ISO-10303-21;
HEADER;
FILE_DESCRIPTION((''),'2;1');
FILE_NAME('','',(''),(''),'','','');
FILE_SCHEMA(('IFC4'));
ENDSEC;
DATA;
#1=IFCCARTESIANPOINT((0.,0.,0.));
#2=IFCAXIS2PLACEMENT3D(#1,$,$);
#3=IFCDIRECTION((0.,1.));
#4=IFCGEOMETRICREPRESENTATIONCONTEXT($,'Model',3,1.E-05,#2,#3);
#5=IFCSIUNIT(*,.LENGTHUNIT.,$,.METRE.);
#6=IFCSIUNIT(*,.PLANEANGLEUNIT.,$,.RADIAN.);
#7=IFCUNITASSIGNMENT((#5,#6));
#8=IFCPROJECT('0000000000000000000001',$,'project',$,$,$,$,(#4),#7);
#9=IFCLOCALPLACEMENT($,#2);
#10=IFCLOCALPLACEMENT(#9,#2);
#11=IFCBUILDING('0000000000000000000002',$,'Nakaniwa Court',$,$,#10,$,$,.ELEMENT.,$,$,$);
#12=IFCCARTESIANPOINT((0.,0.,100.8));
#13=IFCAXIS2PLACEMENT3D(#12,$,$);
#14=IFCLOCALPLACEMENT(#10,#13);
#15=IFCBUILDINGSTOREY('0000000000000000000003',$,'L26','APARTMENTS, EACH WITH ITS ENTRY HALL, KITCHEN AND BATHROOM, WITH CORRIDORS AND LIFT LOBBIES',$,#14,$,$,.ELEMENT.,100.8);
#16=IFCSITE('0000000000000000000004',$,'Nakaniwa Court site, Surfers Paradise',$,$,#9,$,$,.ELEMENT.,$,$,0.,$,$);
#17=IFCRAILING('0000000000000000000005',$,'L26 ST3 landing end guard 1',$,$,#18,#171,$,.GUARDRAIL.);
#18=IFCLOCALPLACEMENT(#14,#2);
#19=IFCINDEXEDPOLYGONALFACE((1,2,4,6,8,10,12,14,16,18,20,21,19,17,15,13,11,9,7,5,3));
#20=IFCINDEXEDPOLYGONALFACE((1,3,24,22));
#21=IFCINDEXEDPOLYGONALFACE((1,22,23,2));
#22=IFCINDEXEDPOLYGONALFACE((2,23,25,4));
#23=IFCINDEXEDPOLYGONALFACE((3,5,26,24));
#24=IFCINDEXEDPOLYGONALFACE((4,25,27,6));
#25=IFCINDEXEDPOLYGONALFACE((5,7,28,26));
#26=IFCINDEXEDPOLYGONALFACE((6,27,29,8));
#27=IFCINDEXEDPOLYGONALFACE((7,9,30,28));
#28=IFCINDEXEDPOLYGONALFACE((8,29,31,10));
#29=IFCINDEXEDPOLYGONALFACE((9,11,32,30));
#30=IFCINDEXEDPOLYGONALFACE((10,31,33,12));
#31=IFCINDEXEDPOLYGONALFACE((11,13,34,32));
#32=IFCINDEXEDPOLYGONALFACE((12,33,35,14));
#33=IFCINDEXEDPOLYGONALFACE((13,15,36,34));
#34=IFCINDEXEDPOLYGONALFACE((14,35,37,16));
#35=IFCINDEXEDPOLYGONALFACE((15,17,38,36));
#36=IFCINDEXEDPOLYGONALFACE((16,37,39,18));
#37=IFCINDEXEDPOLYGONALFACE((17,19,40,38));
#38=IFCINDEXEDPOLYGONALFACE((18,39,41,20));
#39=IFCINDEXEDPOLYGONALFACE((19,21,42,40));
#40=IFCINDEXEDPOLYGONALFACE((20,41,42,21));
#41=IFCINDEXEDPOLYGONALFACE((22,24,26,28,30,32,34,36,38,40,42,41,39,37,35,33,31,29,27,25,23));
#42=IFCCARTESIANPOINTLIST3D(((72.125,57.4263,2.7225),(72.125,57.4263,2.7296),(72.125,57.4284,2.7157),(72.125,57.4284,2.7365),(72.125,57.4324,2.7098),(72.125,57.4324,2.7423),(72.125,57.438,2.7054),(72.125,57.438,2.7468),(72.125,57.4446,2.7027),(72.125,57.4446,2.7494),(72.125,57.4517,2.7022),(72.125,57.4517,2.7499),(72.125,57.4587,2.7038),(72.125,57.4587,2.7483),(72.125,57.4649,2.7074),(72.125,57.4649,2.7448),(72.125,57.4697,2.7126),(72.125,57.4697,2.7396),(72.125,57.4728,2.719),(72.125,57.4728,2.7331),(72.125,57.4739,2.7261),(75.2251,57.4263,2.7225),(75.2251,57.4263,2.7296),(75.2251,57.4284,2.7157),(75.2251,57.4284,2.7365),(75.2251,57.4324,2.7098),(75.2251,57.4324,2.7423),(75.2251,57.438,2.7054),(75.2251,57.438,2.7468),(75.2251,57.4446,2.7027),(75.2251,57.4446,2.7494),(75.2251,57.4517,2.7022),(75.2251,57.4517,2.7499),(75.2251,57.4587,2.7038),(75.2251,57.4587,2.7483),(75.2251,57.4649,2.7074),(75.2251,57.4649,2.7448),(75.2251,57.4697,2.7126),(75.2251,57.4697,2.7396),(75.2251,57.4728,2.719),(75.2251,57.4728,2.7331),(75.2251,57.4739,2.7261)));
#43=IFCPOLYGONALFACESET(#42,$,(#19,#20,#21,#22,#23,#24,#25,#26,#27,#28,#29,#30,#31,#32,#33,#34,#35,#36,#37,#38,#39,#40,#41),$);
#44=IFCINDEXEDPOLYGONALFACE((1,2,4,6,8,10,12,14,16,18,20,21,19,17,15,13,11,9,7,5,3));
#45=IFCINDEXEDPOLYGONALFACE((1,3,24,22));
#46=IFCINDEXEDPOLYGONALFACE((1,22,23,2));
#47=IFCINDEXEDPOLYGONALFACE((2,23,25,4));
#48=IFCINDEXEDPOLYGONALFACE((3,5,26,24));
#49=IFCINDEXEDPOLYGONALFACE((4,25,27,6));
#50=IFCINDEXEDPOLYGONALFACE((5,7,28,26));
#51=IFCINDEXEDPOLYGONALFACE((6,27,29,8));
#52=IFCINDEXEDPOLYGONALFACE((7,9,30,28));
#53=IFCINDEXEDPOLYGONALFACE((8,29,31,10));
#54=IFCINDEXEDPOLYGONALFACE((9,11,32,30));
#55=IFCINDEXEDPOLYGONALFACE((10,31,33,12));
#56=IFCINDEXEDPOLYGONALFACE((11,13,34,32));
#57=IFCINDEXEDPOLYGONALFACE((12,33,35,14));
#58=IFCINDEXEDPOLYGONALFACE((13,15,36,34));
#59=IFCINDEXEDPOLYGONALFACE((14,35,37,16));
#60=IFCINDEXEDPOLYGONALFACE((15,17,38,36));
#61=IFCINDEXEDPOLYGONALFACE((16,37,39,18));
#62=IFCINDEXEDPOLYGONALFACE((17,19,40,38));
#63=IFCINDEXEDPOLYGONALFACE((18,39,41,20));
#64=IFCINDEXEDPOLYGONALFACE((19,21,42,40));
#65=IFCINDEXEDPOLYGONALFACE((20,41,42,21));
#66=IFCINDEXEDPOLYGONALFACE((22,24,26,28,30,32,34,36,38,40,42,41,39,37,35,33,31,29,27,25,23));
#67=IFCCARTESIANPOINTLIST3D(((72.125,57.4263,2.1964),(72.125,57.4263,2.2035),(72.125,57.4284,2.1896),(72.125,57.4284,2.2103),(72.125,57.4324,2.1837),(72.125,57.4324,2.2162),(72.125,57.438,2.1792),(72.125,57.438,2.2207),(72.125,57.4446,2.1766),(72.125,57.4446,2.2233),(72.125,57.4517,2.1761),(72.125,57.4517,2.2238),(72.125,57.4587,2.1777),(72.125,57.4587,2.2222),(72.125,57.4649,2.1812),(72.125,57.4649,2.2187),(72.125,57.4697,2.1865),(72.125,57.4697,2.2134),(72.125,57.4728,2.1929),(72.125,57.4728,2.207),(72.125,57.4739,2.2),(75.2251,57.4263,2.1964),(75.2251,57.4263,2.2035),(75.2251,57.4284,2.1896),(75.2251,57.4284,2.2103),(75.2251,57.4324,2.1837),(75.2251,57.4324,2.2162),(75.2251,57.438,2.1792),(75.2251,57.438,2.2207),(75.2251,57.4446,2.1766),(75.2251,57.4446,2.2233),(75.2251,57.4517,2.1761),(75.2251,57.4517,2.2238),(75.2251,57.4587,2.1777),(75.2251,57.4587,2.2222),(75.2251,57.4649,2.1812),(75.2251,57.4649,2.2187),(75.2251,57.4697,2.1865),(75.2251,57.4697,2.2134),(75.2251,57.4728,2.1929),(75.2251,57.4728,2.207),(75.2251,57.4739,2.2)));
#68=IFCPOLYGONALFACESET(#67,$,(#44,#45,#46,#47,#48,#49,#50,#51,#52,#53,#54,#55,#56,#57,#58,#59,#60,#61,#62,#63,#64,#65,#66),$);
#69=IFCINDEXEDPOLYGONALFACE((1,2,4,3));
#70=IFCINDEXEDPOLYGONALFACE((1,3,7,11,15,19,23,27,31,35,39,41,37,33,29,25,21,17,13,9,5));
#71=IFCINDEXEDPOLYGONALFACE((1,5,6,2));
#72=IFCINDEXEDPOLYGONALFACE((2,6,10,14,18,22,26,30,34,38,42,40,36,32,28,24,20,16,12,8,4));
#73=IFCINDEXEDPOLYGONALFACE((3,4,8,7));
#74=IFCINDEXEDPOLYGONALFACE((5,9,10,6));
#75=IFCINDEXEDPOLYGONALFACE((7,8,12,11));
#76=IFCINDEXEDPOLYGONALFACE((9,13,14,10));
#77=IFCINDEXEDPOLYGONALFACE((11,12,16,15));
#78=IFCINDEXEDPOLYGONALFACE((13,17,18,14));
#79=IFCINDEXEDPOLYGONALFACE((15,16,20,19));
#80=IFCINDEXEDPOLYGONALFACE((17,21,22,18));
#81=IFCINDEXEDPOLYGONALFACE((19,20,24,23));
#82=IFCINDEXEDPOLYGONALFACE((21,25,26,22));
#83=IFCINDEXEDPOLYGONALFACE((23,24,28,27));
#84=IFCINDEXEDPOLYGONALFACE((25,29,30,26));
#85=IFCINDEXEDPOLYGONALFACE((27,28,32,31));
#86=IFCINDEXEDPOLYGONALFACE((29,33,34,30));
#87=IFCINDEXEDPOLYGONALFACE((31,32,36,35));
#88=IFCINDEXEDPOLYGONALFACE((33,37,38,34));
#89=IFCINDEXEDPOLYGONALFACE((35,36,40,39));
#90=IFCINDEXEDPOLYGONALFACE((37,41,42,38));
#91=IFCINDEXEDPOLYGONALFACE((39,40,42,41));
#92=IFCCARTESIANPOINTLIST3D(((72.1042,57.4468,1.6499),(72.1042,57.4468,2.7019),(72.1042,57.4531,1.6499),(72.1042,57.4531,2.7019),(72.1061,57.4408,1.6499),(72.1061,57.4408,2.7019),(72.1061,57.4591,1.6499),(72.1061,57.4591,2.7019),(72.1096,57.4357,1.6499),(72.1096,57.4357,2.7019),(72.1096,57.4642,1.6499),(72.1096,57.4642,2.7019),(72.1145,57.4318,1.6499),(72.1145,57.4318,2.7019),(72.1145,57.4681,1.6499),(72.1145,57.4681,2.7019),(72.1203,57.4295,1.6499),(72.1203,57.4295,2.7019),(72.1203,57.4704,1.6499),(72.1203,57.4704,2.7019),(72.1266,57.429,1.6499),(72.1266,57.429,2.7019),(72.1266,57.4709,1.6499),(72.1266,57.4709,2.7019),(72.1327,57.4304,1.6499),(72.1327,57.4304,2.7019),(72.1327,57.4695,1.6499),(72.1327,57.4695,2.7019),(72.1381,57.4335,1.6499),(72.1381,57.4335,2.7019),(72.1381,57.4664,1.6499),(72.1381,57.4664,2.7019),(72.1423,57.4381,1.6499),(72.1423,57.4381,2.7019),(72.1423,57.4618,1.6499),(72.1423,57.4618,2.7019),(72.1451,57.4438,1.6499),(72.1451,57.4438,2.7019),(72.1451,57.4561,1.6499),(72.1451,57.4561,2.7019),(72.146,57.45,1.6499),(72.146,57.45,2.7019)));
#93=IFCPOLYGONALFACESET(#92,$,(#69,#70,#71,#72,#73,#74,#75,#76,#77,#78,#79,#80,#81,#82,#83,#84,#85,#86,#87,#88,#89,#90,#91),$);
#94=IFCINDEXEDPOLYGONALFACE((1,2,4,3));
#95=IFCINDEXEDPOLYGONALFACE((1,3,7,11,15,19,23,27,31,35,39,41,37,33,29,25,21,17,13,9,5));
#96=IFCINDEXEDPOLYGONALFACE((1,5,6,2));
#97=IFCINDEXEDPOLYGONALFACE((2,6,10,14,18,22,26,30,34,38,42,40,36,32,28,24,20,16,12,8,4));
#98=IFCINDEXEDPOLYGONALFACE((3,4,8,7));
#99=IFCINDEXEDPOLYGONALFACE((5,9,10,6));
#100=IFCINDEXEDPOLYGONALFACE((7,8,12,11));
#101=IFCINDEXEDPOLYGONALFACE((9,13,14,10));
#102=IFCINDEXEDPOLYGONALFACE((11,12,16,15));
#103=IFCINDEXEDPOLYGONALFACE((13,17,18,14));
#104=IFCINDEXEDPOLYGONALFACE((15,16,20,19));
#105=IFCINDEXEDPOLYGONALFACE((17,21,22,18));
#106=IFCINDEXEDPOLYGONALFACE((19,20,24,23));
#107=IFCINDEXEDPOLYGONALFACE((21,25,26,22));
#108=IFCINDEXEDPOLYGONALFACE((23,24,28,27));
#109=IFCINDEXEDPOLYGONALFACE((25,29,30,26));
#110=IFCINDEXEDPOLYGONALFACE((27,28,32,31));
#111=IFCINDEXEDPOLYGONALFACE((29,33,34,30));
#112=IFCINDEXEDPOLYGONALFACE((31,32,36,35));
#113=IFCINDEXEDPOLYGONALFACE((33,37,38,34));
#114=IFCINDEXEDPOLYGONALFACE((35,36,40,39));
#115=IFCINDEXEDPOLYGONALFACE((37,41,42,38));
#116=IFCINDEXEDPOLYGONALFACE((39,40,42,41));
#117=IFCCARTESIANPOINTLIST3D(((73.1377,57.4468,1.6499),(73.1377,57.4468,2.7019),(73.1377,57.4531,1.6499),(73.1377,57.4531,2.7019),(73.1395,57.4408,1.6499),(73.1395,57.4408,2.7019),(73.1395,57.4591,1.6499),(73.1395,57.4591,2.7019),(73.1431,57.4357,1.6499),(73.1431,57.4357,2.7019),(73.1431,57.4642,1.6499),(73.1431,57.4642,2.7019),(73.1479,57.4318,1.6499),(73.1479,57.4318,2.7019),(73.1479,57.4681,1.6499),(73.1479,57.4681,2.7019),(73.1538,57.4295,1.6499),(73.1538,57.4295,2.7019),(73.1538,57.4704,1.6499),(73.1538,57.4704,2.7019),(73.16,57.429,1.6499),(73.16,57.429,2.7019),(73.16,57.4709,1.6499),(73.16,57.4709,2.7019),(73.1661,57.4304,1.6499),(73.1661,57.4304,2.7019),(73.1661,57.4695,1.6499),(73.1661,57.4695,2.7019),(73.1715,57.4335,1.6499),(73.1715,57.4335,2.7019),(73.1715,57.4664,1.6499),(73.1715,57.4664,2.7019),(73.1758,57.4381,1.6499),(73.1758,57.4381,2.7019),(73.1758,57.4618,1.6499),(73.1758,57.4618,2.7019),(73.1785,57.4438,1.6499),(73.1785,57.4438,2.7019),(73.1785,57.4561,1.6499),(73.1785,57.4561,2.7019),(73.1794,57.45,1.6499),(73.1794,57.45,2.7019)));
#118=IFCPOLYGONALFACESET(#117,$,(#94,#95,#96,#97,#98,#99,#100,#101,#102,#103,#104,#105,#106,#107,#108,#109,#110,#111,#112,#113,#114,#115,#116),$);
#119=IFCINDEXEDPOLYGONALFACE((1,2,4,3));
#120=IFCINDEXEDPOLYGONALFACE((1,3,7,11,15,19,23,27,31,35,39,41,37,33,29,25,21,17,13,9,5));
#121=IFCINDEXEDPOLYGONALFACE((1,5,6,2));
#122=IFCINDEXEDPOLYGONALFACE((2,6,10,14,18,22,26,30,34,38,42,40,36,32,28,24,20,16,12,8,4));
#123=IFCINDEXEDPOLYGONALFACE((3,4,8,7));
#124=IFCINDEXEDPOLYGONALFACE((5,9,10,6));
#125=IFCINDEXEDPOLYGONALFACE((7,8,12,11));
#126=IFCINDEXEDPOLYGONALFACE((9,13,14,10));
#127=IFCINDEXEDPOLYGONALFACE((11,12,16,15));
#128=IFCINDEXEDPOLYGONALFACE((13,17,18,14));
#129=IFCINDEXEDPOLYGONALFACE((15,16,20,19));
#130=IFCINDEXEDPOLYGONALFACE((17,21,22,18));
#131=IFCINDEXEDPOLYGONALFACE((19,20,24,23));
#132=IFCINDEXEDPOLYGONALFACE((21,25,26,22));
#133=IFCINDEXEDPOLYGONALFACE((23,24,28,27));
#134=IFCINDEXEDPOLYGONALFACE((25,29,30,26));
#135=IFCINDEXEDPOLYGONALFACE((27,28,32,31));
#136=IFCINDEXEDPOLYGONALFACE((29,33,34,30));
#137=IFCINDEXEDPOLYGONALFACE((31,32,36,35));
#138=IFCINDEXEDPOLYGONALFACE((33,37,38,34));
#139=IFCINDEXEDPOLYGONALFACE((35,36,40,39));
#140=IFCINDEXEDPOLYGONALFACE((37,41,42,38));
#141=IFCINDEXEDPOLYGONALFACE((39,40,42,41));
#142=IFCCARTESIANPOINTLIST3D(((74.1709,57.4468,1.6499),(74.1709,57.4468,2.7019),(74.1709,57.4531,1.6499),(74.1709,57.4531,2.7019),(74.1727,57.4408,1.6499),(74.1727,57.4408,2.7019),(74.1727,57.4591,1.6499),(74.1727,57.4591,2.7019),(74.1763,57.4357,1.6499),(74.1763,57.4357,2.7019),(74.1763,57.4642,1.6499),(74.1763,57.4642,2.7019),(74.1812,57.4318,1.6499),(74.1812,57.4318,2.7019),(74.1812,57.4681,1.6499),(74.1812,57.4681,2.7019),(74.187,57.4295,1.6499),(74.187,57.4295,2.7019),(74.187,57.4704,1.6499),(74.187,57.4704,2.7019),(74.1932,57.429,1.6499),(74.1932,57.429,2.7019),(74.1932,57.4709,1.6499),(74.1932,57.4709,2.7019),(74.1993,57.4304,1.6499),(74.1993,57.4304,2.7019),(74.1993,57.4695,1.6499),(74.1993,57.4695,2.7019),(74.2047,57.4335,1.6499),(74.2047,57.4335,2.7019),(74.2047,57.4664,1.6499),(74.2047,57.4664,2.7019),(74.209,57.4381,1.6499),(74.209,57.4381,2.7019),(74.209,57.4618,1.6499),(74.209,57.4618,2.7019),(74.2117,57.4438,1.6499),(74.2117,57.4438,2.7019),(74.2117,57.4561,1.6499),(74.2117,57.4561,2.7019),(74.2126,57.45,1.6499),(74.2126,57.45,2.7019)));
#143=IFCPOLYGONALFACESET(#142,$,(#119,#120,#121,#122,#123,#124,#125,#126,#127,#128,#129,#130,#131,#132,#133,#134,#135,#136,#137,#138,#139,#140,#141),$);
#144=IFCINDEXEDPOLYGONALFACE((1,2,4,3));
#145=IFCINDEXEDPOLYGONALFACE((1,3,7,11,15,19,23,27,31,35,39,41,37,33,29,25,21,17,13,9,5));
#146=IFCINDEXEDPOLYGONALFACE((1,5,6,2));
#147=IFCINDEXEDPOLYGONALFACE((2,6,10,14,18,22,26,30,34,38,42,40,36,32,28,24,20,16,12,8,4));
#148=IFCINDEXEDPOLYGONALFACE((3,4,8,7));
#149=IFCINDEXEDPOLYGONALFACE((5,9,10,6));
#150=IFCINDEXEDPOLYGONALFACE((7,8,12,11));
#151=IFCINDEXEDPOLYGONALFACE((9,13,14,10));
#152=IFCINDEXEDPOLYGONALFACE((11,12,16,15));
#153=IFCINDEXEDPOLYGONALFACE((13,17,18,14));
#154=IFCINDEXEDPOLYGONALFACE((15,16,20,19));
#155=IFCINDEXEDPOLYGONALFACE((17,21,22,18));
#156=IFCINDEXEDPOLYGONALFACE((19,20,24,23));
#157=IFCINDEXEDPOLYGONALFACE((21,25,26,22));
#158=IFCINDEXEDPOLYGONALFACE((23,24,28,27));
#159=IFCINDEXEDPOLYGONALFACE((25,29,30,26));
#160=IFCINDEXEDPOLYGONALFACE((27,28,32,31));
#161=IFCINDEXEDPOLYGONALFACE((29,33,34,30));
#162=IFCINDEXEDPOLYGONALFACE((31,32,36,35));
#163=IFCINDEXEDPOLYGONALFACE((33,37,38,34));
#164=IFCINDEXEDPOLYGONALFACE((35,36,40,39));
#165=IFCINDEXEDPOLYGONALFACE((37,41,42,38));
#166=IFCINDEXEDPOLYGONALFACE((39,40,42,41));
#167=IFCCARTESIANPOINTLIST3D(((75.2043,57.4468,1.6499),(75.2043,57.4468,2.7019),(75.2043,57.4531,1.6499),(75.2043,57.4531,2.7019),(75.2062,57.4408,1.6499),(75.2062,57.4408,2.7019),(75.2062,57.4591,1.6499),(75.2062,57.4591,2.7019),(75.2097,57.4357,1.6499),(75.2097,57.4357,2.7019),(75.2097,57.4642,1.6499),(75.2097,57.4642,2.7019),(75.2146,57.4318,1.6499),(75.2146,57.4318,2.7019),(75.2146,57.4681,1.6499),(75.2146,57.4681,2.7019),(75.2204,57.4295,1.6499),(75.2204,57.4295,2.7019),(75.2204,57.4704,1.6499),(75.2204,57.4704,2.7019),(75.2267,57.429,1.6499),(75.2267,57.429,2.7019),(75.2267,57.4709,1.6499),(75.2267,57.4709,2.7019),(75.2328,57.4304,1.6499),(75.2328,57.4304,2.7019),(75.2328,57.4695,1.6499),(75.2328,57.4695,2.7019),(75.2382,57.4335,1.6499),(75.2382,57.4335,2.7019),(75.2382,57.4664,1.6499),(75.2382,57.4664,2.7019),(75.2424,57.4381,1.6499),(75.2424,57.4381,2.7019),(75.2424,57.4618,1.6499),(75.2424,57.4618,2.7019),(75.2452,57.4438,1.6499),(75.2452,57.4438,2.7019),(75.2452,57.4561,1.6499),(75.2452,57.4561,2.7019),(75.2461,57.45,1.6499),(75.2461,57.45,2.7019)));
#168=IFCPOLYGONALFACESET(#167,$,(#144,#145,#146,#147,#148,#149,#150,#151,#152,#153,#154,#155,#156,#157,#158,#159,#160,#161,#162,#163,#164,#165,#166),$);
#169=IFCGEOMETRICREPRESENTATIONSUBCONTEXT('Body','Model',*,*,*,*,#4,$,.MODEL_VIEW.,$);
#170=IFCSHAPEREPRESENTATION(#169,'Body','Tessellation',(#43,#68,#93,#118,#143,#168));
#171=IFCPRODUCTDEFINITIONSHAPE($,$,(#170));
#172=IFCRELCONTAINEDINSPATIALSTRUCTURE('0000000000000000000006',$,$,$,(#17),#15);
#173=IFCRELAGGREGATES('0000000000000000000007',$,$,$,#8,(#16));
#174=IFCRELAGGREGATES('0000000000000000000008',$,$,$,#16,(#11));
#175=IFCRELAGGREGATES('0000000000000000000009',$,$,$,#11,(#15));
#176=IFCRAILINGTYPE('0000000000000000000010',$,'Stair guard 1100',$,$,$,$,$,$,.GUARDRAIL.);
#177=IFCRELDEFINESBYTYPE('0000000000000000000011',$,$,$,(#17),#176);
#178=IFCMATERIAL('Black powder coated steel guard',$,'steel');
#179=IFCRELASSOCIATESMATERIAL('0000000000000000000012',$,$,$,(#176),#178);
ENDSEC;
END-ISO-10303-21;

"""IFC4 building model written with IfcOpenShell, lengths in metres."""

from ifc_helpers import new_model, si_unit, direction, frame, origin, origin_2d, place, context, subcontext, project, spatial, circle, extrude, material, type_object, element, save


model = new_model("IFC4")

# Units and contexts
model_context = context("Model", 3, precision=1e-05, world=origin(), true_north=direction((0.0, 1.0)))
body_context = subcontext(model_context, "Body", "Model", "MODEL_VIEW")
ifc_project = project(units=[si_unit("LENGTHUNIT", "METRE"), si_unit("PLANEANGLEUNIT", "RADIAN")], contexts=[model_context])

# Site, building, storey
site_placement = place(None, origin())
site = spatial("IfcSite", under=ifc_project, at=site_placement, Name="Nakaniwa Court site, Surfers Paradise", CompositionType="ELEMENT", RefElevation=0.0)
building_placement = place(site_placement, origin())
building = spatial("IfcBuilding", under=site, at=building_placement, Name="Nakaniwa Court", CompositionType="ELEMENT")
storey_placement = place(building_placement, frame((0.0, 0.0, 100.8)))
storey = spatial("IfcBuildingStorey", under=building, at=storey_placement, Name="L26", Description="APARTMENTS, EACH WITH ITS ENTRY HALL, KITCHEN AND BATHROOM, WITH CORRIDORS AND LIFT LOBBIES", CompositionType="ELEMENT", Elevation=100.8)

# Railing
ifc_material_1 = material(Name="Black powder coated steel guard", Category="steel")
railing_type_1 = type_object("IfcRailingType", Name="Stair guard 1100", PredefinedType="GUARDRAIL", material=ifc_material_1)
railing_1_placement = place(storey_placement, frame((72.125, 57.45, 1.6499)))
element("IfcRailing", 1, at=railing_1_placement, inside=storey, type_object=railing_type_1, Name="L26 ST3 landing end guard 1", PredefinedType="GUARDRAIL", context=body_context, shape_type="SweptSolid", body=[
    extrude(circle(Radius=0.0239, at=origin_2d()), frame((0.0, 0.0, 1.0762), z_axis=(1.0, 0.0, 0.0), x_axis=(0.0, 1.0, 0.0)), (0.0, 0.0, 1.0), 3.1001),
    extrude(circle(Radius=0.0239, at=origin_2d()), frame((0.0, 0.0, 0.55), z_axis=(1.0, 0.0, 0.0), x_axis=(0.0, 1.0, 0.0)), (0.0, 0.0, 1.0), 3.1001),
    extrude(circle(Radius=0.021, at=origin_2d()), origin(), (0.0, 0.0, 1.0), 1.052),
    extrude(circle(Radius=0.021, at=origin_2d()), frame((1.0334, 0.0, 0.0)), (0.0, 0.0, 1.0), 1.052),
    extrude(circle(Radius=0.021, at=origin_2d()), frame((2.0667, 0.0, 0.0)), (0.0, 0.0, 1.0), 1.052),
    extrude(circle(Radius=0.021, at=origin_2d()), frame((3.1001, 0.0, 0.0)), (0.0, 0.0, 1.0), 1.052),
])

save(model, "model.ifc")
